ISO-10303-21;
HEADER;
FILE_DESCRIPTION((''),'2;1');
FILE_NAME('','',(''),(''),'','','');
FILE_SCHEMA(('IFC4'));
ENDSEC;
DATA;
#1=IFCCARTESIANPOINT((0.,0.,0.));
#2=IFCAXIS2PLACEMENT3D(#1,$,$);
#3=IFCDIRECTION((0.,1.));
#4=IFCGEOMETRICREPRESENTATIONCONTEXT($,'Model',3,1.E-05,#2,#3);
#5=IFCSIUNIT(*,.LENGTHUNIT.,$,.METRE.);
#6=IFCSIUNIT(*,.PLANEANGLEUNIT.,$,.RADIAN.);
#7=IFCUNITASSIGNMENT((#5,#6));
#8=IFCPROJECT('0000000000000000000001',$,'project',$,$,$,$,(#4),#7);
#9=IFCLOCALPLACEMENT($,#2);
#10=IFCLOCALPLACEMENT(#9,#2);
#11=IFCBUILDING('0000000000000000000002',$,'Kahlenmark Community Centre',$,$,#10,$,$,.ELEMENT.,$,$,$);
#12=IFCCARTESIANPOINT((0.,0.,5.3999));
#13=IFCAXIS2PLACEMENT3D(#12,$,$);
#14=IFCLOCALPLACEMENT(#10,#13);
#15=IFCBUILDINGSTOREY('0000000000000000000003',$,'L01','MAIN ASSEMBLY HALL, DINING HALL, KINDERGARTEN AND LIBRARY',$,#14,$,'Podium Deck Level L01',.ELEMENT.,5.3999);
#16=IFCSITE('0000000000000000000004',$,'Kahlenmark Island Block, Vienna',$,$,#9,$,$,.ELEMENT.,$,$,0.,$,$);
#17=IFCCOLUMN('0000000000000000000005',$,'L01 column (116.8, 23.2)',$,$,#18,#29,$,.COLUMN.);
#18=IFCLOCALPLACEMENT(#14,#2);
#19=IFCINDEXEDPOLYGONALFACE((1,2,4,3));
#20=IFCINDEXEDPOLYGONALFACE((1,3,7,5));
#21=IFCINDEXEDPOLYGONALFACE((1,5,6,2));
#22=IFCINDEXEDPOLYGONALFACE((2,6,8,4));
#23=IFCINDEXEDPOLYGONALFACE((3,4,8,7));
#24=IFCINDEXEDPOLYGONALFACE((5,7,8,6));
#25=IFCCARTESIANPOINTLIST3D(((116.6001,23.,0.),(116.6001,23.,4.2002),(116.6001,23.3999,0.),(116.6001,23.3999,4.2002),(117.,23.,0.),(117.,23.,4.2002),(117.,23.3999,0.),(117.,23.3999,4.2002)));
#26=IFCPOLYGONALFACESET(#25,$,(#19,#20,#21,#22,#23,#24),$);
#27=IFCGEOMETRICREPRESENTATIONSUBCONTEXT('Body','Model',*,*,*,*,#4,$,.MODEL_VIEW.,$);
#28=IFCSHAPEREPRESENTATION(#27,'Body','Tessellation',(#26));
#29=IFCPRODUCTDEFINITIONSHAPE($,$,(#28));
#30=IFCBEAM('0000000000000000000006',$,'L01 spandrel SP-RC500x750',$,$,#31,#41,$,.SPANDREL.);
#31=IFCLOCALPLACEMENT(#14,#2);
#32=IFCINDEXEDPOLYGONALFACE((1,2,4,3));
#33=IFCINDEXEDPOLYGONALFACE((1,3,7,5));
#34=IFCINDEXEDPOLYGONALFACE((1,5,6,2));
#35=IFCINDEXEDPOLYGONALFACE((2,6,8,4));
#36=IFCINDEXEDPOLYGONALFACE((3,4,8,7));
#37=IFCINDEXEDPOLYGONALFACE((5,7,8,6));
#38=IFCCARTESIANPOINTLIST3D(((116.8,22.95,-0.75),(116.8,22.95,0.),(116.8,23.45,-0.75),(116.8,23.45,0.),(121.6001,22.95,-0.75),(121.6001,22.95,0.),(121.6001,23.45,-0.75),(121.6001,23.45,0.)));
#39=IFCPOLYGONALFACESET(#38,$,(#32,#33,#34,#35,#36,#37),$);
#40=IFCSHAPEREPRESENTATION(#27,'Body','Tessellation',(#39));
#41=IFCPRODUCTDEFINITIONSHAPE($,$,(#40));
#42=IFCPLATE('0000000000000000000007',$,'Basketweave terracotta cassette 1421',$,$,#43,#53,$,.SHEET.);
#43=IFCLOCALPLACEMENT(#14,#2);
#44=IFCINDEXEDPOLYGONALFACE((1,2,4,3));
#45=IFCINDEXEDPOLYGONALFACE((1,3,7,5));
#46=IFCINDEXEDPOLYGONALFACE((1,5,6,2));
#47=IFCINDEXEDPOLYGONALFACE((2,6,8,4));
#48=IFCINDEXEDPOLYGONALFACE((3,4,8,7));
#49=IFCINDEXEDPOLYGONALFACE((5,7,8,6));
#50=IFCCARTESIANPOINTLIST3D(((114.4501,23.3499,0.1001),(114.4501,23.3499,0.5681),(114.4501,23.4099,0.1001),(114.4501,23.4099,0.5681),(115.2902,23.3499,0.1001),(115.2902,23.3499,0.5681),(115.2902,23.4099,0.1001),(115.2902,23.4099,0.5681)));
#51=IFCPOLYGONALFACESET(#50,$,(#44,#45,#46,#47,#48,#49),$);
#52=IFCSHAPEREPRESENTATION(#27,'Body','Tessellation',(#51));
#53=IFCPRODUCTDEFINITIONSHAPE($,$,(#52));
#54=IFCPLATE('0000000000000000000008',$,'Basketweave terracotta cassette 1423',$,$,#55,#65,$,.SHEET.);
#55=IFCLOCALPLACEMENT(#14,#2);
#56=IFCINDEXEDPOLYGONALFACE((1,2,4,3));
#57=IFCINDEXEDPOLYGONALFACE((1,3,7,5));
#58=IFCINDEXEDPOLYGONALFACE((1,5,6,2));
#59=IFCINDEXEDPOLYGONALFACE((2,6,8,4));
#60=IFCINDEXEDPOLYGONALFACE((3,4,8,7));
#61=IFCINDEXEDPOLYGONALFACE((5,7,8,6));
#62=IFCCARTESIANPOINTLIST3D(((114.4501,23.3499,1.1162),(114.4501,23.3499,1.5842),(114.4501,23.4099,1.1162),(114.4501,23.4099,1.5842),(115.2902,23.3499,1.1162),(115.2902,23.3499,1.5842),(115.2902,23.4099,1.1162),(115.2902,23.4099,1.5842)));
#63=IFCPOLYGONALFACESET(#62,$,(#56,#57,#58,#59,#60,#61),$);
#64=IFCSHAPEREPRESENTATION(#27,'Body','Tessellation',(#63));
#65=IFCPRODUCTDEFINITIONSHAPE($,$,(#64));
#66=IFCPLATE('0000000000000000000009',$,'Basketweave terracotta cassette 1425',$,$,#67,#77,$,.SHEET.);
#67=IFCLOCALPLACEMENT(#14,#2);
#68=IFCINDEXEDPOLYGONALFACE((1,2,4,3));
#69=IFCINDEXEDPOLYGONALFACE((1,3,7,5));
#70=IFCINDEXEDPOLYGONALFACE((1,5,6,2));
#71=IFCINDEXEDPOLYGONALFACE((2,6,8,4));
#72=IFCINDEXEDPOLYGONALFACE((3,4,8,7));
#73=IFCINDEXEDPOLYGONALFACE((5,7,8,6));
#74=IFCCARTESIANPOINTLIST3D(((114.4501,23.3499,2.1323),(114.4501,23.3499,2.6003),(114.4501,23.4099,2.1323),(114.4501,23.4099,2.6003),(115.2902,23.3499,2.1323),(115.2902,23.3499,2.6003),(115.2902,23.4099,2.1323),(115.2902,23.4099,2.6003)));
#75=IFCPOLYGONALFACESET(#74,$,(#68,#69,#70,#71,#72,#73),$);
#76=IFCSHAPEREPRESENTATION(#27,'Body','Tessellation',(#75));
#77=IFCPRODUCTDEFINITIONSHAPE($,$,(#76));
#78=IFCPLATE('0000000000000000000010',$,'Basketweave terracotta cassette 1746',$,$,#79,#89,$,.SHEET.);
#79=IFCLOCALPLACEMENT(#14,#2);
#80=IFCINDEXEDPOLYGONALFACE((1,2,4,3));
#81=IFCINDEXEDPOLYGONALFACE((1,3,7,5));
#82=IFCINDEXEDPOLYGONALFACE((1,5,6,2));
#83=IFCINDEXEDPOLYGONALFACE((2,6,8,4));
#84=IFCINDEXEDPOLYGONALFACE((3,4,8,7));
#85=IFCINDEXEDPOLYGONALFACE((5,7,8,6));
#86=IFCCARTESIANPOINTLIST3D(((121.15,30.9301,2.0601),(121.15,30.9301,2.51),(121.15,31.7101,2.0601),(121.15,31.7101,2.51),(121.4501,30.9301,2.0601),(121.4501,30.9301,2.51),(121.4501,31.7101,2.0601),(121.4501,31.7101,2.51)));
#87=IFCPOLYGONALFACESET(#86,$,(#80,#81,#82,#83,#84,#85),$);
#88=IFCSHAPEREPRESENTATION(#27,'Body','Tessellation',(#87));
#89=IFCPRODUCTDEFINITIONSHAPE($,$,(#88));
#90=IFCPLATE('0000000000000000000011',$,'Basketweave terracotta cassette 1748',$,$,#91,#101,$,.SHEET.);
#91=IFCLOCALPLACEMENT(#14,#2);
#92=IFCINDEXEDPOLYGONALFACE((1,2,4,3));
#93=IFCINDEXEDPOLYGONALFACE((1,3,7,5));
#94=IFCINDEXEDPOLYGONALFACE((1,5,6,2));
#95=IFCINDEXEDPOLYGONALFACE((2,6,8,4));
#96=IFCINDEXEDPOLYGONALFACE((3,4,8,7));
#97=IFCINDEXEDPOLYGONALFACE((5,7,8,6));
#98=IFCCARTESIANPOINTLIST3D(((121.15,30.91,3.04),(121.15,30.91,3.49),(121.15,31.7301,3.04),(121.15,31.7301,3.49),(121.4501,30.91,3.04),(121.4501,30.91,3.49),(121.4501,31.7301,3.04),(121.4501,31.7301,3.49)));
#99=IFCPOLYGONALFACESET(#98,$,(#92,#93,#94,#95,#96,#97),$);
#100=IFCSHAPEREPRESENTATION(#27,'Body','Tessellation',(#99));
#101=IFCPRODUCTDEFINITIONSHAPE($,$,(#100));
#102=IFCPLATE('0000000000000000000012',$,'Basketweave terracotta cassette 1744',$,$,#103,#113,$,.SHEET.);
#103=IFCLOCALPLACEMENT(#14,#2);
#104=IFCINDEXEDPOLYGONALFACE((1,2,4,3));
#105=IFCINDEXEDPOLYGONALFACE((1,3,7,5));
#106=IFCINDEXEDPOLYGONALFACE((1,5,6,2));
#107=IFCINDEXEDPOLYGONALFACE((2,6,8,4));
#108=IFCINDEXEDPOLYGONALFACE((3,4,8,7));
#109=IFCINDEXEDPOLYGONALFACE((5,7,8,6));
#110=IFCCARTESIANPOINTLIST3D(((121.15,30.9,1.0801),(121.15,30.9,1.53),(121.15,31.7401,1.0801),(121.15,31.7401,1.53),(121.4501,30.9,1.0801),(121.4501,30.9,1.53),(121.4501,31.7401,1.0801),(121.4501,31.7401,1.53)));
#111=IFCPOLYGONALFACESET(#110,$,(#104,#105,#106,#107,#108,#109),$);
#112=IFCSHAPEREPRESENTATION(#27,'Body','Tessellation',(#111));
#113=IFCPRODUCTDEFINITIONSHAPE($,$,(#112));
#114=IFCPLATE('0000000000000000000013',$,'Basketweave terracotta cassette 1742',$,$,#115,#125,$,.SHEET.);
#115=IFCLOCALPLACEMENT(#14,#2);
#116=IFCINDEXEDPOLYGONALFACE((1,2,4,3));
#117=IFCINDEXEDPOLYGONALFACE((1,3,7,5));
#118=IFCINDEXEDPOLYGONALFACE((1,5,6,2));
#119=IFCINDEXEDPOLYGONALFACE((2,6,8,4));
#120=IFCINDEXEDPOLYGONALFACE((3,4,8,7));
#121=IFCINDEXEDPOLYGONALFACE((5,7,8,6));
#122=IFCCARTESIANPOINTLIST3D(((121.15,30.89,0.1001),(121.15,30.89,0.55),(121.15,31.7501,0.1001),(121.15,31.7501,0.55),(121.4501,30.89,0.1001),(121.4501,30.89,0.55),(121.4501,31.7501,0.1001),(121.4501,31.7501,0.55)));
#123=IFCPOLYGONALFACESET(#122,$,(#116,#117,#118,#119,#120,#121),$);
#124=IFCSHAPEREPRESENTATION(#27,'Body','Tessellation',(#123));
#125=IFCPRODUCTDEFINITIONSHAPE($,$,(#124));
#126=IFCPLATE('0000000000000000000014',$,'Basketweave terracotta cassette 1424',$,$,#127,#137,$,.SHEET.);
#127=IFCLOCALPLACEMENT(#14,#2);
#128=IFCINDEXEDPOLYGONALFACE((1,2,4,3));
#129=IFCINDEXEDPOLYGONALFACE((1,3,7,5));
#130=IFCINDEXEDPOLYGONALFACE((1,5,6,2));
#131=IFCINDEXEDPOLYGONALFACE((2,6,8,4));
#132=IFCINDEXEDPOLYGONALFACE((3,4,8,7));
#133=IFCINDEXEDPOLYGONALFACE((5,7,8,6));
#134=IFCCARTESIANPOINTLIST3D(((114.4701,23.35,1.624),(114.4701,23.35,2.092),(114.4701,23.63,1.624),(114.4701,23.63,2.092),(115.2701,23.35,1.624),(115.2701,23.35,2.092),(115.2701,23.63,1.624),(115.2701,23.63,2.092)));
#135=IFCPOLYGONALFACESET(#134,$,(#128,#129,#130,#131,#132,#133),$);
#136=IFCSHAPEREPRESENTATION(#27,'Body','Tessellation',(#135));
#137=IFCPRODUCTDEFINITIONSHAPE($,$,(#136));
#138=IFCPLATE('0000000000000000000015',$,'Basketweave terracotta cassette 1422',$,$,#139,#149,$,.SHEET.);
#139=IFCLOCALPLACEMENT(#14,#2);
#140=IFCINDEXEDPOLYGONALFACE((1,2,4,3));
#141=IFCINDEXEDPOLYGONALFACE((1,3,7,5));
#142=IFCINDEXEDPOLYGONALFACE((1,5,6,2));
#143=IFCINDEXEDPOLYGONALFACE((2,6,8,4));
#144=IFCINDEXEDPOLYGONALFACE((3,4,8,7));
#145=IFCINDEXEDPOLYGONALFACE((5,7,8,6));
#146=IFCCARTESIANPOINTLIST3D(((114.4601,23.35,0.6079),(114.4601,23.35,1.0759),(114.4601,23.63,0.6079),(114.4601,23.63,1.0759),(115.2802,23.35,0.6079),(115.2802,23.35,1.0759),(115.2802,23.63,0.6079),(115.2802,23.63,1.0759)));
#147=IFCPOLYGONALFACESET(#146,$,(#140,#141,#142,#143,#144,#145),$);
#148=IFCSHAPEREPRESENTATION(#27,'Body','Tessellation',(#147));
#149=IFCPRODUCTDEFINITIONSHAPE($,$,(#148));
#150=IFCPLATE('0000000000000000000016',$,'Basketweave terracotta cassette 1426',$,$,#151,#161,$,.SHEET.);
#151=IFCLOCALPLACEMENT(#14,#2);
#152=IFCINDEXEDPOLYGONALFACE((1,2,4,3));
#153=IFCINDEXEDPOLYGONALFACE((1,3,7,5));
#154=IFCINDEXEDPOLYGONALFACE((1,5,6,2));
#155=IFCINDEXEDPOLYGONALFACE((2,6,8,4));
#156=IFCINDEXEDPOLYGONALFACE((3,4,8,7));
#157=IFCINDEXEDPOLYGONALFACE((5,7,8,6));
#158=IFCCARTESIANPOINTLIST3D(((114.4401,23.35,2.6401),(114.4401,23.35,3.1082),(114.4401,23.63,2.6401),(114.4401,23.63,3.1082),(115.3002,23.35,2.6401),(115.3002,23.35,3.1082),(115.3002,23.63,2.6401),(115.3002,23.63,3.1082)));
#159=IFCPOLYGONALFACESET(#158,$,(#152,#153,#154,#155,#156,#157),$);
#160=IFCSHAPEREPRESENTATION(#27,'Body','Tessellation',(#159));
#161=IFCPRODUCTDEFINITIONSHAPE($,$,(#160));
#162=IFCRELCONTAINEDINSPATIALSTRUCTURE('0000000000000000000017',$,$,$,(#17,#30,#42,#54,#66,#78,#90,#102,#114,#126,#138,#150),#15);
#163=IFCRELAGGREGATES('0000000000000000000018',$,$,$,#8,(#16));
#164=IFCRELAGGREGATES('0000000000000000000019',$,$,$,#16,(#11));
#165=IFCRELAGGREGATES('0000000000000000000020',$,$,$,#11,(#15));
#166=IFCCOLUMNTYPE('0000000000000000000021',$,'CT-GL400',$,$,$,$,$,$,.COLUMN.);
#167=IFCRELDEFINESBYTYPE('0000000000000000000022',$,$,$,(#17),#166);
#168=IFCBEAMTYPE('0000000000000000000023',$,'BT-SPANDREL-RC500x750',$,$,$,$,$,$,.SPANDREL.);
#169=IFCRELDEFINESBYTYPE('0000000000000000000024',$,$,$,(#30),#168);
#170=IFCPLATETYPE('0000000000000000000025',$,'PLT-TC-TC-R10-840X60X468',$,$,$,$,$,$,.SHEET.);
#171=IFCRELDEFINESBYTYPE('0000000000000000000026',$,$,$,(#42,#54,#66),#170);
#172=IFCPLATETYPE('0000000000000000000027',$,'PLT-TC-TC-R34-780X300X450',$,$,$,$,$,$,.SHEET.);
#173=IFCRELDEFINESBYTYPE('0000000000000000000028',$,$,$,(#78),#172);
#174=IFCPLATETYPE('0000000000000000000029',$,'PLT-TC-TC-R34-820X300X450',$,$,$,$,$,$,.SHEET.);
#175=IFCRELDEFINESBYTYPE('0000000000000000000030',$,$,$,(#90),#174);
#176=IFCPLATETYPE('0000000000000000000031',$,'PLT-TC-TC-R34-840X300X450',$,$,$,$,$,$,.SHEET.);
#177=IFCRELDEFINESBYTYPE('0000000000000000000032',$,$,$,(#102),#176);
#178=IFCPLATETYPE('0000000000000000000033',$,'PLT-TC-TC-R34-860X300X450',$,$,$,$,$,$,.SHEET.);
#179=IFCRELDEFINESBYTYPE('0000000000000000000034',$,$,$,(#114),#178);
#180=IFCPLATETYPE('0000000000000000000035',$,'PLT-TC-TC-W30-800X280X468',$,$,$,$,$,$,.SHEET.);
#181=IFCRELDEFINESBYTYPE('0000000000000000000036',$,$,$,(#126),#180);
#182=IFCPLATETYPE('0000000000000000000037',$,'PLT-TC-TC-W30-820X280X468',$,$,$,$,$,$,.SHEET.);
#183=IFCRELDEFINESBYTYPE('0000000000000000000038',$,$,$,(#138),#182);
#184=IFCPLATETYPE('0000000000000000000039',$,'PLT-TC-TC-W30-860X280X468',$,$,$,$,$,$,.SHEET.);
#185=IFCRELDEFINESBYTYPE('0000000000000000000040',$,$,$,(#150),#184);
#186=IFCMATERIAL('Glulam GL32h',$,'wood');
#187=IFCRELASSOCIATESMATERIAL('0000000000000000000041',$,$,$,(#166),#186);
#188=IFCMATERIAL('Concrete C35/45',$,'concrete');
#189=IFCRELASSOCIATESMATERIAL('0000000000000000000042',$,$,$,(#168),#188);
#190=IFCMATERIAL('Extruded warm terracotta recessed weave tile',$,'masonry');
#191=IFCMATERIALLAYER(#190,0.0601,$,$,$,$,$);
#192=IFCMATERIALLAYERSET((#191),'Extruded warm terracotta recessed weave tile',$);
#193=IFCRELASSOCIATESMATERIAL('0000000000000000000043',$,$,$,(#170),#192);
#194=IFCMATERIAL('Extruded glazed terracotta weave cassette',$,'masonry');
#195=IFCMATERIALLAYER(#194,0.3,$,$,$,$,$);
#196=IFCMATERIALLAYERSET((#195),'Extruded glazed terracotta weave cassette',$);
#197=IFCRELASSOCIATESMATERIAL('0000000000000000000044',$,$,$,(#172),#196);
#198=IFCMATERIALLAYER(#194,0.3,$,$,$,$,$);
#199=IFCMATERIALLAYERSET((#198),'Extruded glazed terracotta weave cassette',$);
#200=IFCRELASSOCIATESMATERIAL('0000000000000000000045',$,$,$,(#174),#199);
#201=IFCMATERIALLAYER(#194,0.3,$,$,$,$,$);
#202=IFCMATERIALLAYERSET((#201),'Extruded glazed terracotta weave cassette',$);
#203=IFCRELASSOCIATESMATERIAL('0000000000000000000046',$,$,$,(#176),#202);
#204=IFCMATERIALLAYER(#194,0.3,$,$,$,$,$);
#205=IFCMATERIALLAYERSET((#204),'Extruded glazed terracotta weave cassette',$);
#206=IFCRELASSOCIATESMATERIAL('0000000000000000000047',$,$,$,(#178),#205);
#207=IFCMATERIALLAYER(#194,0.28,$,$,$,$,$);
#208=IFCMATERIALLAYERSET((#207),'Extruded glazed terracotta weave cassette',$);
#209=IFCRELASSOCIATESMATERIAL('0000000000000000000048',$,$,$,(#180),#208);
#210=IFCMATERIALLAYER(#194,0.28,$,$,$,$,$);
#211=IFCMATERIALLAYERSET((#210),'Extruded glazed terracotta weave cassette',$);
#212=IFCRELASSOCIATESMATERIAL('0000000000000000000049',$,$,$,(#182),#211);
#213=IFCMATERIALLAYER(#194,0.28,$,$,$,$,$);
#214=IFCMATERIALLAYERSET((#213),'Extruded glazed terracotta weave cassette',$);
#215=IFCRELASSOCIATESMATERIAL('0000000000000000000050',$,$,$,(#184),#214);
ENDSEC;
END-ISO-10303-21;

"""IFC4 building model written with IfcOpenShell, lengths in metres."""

from ifc_helpers import new_model, si_unit, direction, frame, origin, origin_2d, place, context, subcontext, project, spatial, rectangle, extrude, material, layer, layer_set, material_profile, profile_set, type_object, element, save


model = new_model("IFC4")

# Units and contexts
model_context = context("Model", 3, precision=1e-05, world=origin(), true_north=direction((0.0, 1.0)))
body_context = subcontext(model_context, "Body", "Model", "MODEL_VIEW")
ifc_project = project(units=[si_unit("LENGTHUNIT", "METRE"), si_unit("PLANEANGLEUNIT", "RADIAN")], contexts=[model_context])

# Site, building, storey
site_placement = place(None, origin())
site = spatial("IfcSite", under=ifc_project, at=site_placement, Name="Kahlenmark Island Block, Vienna", CompositionType="ELEMENT", RefElevation=0.0)
building_placement = place(site_placement, origin())
building = spatial("IfcBuilding", under=site, at=building_placement, Name="Kahlenmark Community Centre", CompositionType="ELEMENT")
storey_placement = place(building_placement, frame((0.0, 0.0, 5.3999)))
storey = spatial("IfcBuildingStorey", under=building, at=storey_placement, Name="L01", Description="MAIN ASSEMBLY HALL, DINING HALL, KINDERGARTEN AND LIBRARY", LongName="Podium Deck Level L01", CompositionType="ELEMENT", Elevation=5.3999)

# Column
ifc_material_1 = material(Name="Glulam GL32h", Category="wood")
ifc_material_profile_1 = material_profile(ifc_material_1, rectangle(XDim=0.3999, YDim=0.3999, at=origin_2d()), Name="GL32h 400x400")
ifc_profile_set_1 = profile_set([ifc_material_profile_1], Name="Glulam GL32h")
column_type = type_object("IfcColumnType", Name="CT-GL400", PredefinedType="COLUMN", material=ifc_profile_set_1)
column_placement = place(storey_placement, frame((116.8, 23.2, 0.0), z_axis=(0.0, 0.0, 1.0), x_axis=(1.0, 0.0, 0.0)))
element("IfcColumn", 1, at=column_placement, inside=storey, type_object=column_type, Name="L01 column (116.8, 23.2)", PredefinedType="COLUMN", context=body_context, shape_type="SweptSolid", body=[
    extrude(rectangle(XDim=0.3999, YDim=0.3999, at=origin_2d()), origin(), (0.0, 0.0, 1.0), 4.2002),
])

# Beam
ifc_material_2 = material(Name="Concrete C35/45", Category="concrete")
ifc_material_profile_2 = material_profile(ifc_material_2, rectangle(XDim=0.5, YDim=0.75, at=origin_2d()), Name="RC 500x750")
ifc_profile_set_2 = profile_set([ifc_material_profile_2], Name="Concrete C35/45")
beam_type = type_object("IfcBeamType", Name="BT-SPANDREL-RC500x750", PredefinedType="SPANDREL", material=ifc_profile_set_2)
beam_placement = place(storey_placement, frame((116.8, 23.2, -0.375), z_axis=(1.0, 0.0, 0.0), x_axis=(0.0, 1.0, 0.0)))
element("IfcBeam", 2, at=beam_placement, inside=storey, type_object=beam_type, Name="L01 spandrel SP-RC500x750", PredefinedType="SPANDREL", context=body_context, shape_type="SweptSolid", body=[
    extrude(rectangle(XDim=0.5, YDim=0.75, at=origin_2d()), origin(), (0.0, 0.0, 1.0), 4.8),
])

# Plates
ifc_material_3 = material(Name="Extruded warm terracotta recessed weave tile", Category="masonry")
ifc_layer_1 = layer(ifc_material_3, 0.0601)
ifc_layer_set_1 = layer_set([ifc_layer_1], Name="Extruded warm terracotta recessed weave tile")
plate_type_1 = type_object("IfcPlateType", Name="PLT-TC-TC-R10-840X60X468", PredefinedType="SHEET", material=ifc_layer_set_1)
for number, where, z_axis, x_axis, name in (
    (3, (114.8701, 23.3799, 0.1001), (0.0, 0.0, 1.0), (-1.0, 0.0, 0.0), "Basketweave terracotta cassette 1421"),
    (4, (114.8701, 23.3799, 1.1162), (0.0, 0.0, 1.0), (-1.0, 0.0, 0.0), "Basketweave terracotta cassette 1423"),
    (5, (114.8701, 23.3799, 2.1323), (0.0, 0.0, 1.0), (-1.0, 0.0, 0.0), "Basketweave terracotta cassette 1425"),
):
    element("IfcPlate", number, at=place(storey_placement, frame(where, z_axis=z_axis, x_axis=x_axis)), inside=storey, type_object=plate_type_1, Name=name, PredefinedType="SHEET", context=body_context, shape_type="SweptSolid", body=[
        extrude(rectangle(XDim=0.8401, YDim=0.0601, at=origin_2d()), origin(), (0.0, 0.0, 1.0), 0.468),
    ])
ifc_material_4 = material(Name="Extruded glazed terracotta weave cassette", Category="masonry")
ifc_layer_2 = layer(ifc_material_4, 0.3)
ifc_layer_set_2 = layer_set([ifc_layer_2], Name="Extruded glazed terracotta weave cassette")
plate_type_2 = type_object("IfcPlateType", Name="PLT-TC-TC-R34-780X300X450", PredefinedType="SHEET", material=ifc_layer_set_2)
plate_1_placement = place(storey_placement, frame((121.3, 31.3201, 2.0601), z_axis=(0.0, 0.0, 1.0), x_axis=(0.0, -1.0, 0.0)))
element("IfcPlate", 6, at=plate_1_placement, inside=storey, type_object=plate_type_2, Name="Basketweave terracotta cassette 1746", PredefinedType="SHEET", context=body_context, shape_type="SweptSolid", body=[
    extrude(rectangle(XDim=0.78, YDim=0.3, at=origin_2d()), origin(), (0.0, 0.0, 1.0), 0.45),
])
ifc_layer_3 = layer(ifc_material_4, 0.3)
ifc_layer_set_3 = layer_set([ifc_layer_3], Name="Extruded glazed terracotta weave cassette")
plate_type_3 = type_object("IfcPlateType", Name="PLT-TC-TC-R34-820X300X450", PredefinedType="SHEET", material=ifc_layer_set_3)
plate_2_placement = place(storey_placement, frame((121.3, 31.3201, 3.04), z_axis=(0.0, 0.0, 1.0), x_axis=(0.0, -1.0, 0.0)))
element("IfcPlate", 7, at=plate_2_placement, inside=storey, type_object=plate_type_3, Name="Basketweave terracotta cassette 1748", PredefinedType="SHEET", context=body_context, shape_type="SweptSolid", body=[
    extrude(rectangle(XDim=0.8201, YDim=0.3, at=origin_2d()), origin(), (0.0, 0.0, 1.0), 0.45),
])
ifc_layer_4 = layer(ifc_material_4, 0.3)
ifc_layer_set_4 = layer_set([ifc_layer_4], Name="Extruded glazed terracotta weave cassette")
plate_type_4 = type_object("IfcPlateType", Name="PLT-TC-TC-R34-840X300X450", PredefinedType="SHEET", material=ifc_layer_set_4)
plate_3_placement = place(storey_placement, frame((121.3, 31.3201, 1.0801), z_axis=(0.0, 0.0, 1.0), x_axis=(0.0, -1.0, 0.0)))
element("IfcPlate", 8, at=plate_3_placement, inside=storey, type_object=plate_type_4, Name="Basketweave terracotta cassette 1744", PredefinedType="SHEET", context=body_context, shape_type="SweptSolid", body=[
    extrude(rectangle(XDim=0.8401, YDim=0.3, at=origin_2d()), origin(), (0.0, 0.0, 1.0), 0.45),
])
ifc_layer_5 = layer(ifc_material_4, 0.3)
ifc_layer_set_5 = layer_set([ifc_layer_5], Name="Extruded glazed terracotta weave cassette")
plate_type_5 = type_object("IfcPlateType", Name="PLT-TC-TC-R34-860X300X450", PredefinedType="SHEET", material=ifc_layer_set_5)
plate_4_placement = place(storey_placement, frame((121.3, 31.3201, 0.1001), z_axis=(0.0, 0.0, 1.0), x_axis=(0.0, -1.0, 0.0)))
element("IfcPlate", 9, at=plate_4_placement, inside=storey, type_object=plate_type_5, Name="Basketweave terracotta cassette 1742", PredefinedType="SHEET", context=body_context, shape_type="SweptSolid", body=[
    extrude(rectangle(XDim=0.8601, YDim=0.3, at=origin_2d()), origin(), (0.0, 0.0, 1.0), 0.45),
])
ifc_layer_6 = layer(ifc_material_4, 0.28)
ifc_layer_set_6 = layer_set([ifc_layer_6], Name="Extruded glazed terracotta weave cassette")
plate_type_6 = type_object("IfcPlateType", Name="PLT-TC-TC-W30-800X280X468", PredefinedType="SHEET", material=ifc_layer_set_6)
plate_5_placement = place(storey_placement, frame((114.8701, 23.49, 1.624), z_axis=(0.0, 0.0, 1.0), x_axis=(-1.0, 0.0, 0.0)))
element("IfcPlate", 10, at=plate_5_placement, inside=storey, type_object=plate_type_6, Name="Basketweave terracotta cassette 1424", PredefinedType="SHEET", context=body_context, shape_type="SweptSolid", body=[
    extrude(rectangle(XDim=0.8, YDim=0.28, at=origin_2d()), origin(), (0.0, 0.0, 1.0), 0.468),
])
ifc_layer_7 = layer(ifc_material_4, 0.28)
ifc_layer_set_7 = layer_set([ifc_layer_7], Name="Extruded glazed terracotta weave cassette")
plate_type_7 = type_object("IfcPlateType", Name="PLT-TC-TC-W30-820X280X468", PredefinedType="SHEET", material=ifc_layer_set_7)
plate_6_placement = place(storey_placement, frame((114.8701, 23.49, 0.6079), z_axis=(0.0, 0.0, 1.0), x_axis=(-1.0, 0.0, 0.0)))
element("IfcPlate", 11, at=plate_6_placement, inside=storey, type_object=plate_type_7, Name="Basketweave terracotta cassette 1422", PredefinedType="SHEET", context=body_context, shape_type="SweptSolid", body=[
    extrude(rectangle(XDim=0.8201, YDim=0.28, at=origin_2d()), origin(), (0.0, 0.0, 1.0), 0.468),
])
ifc_layer_8 = layer(ifc_material_4, 0.28)
ifc_layer_set_8 = layer_set([ifc_layer_8], Name="Extruded glazed terracotta weave cassette")
plate_type_8 = type_object("IfcPlateType", Name="PLT-TC-TC-W30-860X280X468", PredefinedType="SHEET", material=ifc_layer_set_8)
plate_7_placement = place(storey_placement, frame((114.8701, 23.49, 2.6401), z_axis=(0.0, 0.0, 1.0), x_axis=(-1.0, 0.0, 0.0)))
element("IfcPlate", 12, at=plate_7_placement, inside=storey, type_object=plate_type_8, Name="Basketweave terracotta cassette 1426", PredefinedType="SHEET", context=body_context, shape_type="SweptSolid", body=[
    extrude(rectangle(XDim=0.8601, YDim=0.28, at=origin_2d()), origin(), (0.0, 0.0, 1.0), 0.468),
])

save(model, "model.ifc")
